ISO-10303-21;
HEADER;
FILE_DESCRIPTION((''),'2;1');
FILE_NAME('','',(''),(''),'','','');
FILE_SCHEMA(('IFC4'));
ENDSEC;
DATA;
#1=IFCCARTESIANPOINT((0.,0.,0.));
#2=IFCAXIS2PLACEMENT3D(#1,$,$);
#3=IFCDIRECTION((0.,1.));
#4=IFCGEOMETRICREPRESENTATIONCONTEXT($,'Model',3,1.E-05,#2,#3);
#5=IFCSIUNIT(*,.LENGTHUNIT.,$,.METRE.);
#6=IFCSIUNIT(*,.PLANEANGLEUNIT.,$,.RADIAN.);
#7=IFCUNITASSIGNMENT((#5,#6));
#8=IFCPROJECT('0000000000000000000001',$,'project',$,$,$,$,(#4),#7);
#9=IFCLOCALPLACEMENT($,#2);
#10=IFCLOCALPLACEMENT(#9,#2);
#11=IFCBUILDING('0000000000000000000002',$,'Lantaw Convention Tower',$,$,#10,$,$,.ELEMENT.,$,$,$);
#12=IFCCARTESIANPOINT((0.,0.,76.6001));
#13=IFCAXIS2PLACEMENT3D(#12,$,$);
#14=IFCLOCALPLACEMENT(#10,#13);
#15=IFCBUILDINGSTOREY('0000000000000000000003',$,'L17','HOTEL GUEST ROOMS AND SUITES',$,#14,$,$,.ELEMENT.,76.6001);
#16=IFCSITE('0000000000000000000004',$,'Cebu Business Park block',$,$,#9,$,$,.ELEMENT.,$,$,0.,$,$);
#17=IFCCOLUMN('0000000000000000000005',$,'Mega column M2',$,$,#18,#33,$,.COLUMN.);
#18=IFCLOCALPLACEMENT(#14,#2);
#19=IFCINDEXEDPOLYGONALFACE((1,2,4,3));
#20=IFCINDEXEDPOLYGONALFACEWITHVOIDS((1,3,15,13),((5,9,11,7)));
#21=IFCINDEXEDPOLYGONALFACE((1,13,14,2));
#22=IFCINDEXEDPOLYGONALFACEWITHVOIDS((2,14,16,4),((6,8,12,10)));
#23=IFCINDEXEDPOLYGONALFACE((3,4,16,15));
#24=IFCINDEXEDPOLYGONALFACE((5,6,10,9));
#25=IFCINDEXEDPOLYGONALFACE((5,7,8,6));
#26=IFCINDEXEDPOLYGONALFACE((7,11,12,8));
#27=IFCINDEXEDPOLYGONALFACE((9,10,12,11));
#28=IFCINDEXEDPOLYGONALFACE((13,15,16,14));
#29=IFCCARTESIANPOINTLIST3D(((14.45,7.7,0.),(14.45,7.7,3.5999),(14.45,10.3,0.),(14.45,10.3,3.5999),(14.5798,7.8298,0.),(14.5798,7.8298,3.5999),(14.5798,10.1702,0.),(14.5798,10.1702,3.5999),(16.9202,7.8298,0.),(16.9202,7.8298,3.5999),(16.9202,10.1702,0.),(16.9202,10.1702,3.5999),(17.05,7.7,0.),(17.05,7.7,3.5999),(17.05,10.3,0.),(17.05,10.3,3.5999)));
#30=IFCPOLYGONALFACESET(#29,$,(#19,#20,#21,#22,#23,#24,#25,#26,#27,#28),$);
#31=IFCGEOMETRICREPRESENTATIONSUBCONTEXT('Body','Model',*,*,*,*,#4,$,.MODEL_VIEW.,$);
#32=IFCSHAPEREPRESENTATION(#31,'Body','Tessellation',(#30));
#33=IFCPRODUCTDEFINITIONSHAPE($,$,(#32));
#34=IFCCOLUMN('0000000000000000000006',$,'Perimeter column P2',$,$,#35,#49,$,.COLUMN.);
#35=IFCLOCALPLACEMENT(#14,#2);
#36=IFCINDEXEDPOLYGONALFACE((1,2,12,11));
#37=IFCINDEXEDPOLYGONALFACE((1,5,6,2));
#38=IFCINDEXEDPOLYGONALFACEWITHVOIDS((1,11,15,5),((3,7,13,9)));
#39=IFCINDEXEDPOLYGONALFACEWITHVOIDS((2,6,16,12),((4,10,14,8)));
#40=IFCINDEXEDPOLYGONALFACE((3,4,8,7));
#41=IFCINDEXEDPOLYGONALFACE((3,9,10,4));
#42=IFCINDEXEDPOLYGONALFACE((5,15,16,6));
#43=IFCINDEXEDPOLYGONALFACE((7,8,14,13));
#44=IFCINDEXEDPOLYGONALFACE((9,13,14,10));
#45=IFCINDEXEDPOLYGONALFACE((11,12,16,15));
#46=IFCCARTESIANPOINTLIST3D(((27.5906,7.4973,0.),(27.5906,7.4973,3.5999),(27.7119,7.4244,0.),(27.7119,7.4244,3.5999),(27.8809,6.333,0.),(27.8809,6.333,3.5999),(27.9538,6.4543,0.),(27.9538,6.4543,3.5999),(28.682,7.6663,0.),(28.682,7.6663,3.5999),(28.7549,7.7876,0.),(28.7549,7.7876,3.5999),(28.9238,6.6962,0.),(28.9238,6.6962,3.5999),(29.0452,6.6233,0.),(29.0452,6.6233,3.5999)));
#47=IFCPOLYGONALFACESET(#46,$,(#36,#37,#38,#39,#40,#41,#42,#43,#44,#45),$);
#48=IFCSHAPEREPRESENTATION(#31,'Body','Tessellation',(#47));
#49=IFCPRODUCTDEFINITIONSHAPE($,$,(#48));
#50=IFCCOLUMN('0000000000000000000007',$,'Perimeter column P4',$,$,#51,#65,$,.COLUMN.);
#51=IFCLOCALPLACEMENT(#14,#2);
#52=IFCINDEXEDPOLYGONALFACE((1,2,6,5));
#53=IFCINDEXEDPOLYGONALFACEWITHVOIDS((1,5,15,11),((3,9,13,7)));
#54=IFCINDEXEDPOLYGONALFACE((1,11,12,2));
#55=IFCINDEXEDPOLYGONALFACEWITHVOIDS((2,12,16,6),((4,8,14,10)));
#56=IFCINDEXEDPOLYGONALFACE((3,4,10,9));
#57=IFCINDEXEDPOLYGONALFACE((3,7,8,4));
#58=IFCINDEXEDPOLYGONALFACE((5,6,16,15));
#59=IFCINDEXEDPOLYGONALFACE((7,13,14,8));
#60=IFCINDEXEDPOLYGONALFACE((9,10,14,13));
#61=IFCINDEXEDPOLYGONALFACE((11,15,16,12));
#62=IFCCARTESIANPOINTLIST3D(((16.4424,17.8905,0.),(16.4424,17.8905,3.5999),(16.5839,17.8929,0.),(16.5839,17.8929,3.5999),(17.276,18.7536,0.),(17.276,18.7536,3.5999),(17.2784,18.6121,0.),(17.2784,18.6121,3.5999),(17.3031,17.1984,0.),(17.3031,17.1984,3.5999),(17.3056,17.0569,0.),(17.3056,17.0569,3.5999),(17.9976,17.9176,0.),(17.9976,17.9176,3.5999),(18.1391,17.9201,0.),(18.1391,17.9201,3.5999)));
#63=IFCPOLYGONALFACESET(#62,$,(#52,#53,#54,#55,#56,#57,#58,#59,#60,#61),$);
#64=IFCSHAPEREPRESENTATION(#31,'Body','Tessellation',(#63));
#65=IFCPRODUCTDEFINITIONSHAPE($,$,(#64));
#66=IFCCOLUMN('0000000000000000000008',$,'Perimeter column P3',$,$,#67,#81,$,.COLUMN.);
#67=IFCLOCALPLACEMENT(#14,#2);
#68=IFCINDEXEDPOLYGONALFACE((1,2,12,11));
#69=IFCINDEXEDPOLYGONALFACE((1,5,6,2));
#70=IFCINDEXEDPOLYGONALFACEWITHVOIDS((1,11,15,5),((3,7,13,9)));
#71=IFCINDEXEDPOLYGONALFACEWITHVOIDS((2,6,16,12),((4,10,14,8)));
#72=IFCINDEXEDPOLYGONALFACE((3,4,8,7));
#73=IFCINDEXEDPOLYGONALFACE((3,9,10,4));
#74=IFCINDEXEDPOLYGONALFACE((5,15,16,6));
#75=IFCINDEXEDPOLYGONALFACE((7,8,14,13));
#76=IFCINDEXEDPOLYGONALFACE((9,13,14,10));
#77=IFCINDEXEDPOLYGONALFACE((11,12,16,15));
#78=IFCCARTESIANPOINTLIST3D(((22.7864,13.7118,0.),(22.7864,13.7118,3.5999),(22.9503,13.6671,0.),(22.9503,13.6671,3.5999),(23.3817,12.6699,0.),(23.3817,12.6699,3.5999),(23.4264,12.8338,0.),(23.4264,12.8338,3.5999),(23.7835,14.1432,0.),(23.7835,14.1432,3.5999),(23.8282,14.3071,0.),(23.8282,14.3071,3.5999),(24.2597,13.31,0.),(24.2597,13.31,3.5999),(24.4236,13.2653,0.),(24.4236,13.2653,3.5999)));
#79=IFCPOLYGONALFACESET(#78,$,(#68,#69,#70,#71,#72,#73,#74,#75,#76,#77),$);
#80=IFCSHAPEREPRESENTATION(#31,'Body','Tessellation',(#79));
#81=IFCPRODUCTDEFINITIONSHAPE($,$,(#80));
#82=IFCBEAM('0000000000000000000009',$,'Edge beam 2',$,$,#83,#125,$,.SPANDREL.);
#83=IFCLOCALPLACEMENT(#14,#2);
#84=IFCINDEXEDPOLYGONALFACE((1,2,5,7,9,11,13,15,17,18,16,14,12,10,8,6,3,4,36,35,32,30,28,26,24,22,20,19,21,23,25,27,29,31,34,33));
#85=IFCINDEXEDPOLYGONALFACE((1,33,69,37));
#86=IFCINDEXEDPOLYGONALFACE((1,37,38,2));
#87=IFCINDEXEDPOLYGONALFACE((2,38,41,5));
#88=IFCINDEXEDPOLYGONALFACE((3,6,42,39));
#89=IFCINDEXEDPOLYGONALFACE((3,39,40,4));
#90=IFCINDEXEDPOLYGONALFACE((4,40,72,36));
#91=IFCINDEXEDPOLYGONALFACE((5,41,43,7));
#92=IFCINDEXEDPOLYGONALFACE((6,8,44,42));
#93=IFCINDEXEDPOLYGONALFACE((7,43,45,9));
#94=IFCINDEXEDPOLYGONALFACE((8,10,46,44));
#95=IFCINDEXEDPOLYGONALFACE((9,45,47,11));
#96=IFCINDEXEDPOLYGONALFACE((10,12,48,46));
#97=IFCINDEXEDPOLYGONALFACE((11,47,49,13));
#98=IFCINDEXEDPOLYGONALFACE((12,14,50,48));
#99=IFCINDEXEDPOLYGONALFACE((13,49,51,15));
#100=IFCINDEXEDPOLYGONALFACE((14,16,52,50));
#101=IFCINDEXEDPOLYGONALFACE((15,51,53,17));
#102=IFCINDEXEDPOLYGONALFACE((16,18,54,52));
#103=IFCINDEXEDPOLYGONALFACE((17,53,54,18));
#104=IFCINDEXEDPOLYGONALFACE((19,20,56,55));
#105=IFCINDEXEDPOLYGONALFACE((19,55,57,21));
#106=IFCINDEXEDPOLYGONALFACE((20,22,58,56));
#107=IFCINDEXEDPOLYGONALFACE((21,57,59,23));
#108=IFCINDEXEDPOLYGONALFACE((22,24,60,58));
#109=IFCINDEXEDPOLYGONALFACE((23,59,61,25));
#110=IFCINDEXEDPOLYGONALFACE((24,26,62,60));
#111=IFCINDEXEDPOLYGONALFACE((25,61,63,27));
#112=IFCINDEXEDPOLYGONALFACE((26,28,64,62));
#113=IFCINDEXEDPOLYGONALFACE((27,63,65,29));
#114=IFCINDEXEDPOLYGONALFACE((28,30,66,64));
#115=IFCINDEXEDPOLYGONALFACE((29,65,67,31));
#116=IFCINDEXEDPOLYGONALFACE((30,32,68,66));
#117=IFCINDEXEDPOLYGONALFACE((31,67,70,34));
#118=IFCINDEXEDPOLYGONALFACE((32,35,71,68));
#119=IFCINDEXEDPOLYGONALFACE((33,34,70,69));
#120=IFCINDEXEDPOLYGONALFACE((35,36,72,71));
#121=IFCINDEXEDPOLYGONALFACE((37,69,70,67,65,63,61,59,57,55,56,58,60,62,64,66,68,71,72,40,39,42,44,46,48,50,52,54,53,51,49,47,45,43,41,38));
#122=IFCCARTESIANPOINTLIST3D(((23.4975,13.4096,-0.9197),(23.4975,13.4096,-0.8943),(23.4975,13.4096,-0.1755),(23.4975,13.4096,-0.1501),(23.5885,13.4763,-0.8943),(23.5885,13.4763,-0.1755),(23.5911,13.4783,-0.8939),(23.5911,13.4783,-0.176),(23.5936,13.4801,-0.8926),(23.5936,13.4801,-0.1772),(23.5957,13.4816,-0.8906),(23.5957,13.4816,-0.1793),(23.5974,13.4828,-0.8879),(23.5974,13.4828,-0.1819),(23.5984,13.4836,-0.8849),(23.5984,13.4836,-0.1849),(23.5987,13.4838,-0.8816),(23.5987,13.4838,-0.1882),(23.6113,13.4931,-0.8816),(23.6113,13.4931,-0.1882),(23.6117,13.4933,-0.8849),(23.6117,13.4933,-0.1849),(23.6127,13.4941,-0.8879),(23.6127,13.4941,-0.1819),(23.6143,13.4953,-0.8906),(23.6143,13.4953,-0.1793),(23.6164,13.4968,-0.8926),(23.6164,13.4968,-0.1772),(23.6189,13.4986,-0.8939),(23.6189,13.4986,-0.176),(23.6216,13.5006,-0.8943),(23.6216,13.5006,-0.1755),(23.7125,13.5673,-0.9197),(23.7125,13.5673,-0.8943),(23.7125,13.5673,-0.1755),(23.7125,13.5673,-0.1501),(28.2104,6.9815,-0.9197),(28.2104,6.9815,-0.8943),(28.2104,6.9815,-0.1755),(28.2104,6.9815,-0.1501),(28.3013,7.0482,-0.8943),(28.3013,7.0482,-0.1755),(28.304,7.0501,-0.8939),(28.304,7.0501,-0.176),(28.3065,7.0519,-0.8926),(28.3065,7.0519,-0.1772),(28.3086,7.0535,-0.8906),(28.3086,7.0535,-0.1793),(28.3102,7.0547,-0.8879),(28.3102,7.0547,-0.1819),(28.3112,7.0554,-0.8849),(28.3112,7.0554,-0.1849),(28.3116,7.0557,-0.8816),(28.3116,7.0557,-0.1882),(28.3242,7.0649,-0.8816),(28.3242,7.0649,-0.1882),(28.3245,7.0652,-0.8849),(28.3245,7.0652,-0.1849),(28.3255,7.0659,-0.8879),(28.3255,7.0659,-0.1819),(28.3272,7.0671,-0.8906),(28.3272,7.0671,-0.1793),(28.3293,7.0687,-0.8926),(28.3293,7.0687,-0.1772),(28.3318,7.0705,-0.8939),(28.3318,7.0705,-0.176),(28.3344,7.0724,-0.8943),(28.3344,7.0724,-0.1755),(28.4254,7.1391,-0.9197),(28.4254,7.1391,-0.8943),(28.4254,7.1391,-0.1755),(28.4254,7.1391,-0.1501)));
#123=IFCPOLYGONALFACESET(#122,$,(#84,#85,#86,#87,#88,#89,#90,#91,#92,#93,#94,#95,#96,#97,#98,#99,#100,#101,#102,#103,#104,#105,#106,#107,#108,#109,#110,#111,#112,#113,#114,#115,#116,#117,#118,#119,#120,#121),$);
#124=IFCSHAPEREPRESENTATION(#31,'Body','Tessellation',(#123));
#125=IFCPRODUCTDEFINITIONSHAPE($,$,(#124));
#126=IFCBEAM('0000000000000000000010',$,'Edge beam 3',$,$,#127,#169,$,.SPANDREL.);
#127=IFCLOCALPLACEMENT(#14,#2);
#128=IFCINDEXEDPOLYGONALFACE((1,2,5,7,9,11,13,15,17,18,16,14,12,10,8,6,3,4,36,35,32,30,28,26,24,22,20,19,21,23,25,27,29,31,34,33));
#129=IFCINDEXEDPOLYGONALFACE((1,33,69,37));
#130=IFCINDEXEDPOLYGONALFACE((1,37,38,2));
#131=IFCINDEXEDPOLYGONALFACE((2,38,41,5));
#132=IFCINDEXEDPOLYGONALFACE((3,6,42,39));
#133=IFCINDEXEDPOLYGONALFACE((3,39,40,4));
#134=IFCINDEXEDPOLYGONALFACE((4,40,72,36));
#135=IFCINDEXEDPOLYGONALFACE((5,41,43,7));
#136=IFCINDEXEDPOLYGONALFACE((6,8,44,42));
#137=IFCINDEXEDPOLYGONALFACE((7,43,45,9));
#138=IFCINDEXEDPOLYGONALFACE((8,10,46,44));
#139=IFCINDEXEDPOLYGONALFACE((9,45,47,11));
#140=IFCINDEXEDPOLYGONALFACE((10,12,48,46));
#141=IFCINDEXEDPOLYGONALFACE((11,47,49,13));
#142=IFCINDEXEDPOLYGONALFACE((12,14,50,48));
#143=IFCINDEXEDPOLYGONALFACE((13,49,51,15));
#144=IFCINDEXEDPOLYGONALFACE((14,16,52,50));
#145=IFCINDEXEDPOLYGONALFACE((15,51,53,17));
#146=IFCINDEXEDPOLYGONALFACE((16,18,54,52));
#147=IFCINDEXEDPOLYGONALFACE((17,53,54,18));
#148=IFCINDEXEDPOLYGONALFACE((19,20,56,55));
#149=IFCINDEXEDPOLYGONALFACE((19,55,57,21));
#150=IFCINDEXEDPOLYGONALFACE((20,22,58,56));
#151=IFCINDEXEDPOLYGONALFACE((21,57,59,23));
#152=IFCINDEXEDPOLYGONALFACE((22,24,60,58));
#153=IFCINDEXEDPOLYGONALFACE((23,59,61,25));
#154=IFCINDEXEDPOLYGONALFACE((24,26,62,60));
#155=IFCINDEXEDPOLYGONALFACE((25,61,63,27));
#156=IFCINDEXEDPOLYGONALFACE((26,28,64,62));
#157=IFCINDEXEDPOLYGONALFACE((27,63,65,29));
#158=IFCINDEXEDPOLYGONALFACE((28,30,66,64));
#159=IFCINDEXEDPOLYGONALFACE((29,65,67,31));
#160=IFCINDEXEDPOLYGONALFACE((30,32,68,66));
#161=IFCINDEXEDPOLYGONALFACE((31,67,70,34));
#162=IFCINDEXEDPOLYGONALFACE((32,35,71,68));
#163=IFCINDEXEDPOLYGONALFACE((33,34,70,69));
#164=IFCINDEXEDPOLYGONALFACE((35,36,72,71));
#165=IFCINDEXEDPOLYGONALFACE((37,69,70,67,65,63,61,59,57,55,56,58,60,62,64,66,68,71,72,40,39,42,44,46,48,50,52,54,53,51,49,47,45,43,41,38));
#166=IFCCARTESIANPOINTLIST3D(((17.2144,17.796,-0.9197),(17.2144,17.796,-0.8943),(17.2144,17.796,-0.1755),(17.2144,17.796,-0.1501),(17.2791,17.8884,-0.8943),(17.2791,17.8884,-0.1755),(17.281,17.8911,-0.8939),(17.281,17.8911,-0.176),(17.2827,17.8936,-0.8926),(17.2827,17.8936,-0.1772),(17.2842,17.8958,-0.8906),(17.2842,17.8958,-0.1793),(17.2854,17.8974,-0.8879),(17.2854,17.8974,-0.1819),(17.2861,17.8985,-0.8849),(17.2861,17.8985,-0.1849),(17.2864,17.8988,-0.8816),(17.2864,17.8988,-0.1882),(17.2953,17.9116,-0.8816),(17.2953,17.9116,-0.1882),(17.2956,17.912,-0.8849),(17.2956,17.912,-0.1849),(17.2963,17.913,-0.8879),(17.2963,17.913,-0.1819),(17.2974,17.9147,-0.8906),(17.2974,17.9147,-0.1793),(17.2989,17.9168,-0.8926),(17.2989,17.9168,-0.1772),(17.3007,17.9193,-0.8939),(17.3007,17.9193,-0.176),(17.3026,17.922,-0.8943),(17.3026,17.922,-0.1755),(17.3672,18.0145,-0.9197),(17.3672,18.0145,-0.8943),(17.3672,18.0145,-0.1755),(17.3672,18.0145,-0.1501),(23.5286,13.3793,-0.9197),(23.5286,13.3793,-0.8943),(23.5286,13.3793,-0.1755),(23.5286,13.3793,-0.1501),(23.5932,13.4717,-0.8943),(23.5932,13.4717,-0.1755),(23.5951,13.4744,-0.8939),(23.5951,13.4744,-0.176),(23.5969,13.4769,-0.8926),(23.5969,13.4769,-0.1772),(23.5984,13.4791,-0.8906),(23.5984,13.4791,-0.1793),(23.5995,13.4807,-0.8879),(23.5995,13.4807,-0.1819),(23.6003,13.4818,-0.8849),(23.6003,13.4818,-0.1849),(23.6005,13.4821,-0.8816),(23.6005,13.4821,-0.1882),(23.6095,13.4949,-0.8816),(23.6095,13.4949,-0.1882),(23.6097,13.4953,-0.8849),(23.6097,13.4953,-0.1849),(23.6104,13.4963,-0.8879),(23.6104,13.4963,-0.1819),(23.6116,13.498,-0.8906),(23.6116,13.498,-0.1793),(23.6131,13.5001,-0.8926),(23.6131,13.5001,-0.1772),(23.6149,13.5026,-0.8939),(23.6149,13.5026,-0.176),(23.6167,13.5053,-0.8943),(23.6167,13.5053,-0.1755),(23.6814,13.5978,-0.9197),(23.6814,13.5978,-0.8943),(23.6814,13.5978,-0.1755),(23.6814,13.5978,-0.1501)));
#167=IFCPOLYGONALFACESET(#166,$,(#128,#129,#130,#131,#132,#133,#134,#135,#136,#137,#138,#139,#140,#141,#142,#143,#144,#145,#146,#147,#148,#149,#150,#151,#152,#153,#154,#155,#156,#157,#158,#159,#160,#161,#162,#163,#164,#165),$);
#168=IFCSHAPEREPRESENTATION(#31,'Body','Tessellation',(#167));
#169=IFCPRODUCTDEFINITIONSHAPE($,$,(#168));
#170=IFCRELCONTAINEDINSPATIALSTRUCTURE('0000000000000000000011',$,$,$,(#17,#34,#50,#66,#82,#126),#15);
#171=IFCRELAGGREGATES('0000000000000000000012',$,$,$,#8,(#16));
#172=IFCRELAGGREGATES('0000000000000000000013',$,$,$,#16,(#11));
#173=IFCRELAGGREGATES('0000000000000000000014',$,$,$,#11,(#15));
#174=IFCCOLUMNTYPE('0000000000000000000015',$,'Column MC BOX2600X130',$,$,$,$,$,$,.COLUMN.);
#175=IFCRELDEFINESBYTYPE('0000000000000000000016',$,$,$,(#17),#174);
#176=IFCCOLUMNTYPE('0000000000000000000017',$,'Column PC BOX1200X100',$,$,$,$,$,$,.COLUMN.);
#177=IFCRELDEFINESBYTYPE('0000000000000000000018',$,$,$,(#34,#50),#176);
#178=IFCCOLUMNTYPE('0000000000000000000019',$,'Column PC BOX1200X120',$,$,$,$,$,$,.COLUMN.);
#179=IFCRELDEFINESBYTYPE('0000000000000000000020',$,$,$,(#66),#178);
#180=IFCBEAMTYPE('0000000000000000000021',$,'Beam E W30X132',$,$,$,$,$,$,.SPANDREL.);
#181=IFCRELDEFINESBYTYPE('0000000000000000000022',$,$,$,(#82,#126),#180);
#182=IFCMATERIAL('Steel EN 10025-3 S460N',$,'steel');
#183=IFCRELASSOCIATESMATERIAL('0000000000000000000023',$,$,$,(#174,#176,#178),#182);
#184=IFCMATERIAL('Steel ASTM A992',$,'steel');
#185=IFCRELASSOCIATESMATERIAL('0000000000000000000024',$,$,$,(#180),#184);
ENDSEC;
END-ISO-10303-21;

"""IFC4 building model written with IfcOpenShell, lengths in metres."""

from ifc_helpers import new_model, si_unit, direction, frame, origin, origin_2d, place, context, subcontext, project, spatial, rectangle, hollow_rectangle, i_section, extrude, material, material_profile, profile_set, type_object, element, save


model = new_model("IFC4")

# Units and contexts
model_context = context("Model", 3, precision=1e-05, world=origin(), true_north=direction((0.0, 1.0)))
body_context = subcontext(model_context, "Body", "Model", "MODEL_VIEW")
ifc_project = project(units=[si_unit("LENGTHUNIT", "METRE"), si_unit("PLANEANGLEUNIT", "RADIAN")], contexts=[model_context])

# Site, building, storey
site_placement = place(None, origin())
site = spatial("IfcSite", under=ifc_project, at=site_placement, Name="Cebu Business Park block", CompositionType="ELEMENT", RefElevation=0.0)
building_placement = place(site_placement, origin())
building = spatial("IfcBuilding", under=site, at=building_placement, Name="Lantaw Convention Tower", CompositionType="ELEMENT")
storey_placement = place(building_placement, frame((0.0, 0.0, 76.6001)))
storey = spatial("IfcBuildingStorey", under=building, at=storey_placement, Name="L17", Description="HOTEL GUEST ROOMS AND SUITES", CompositionType="ELEMENT", Elevation=76.6001)

# Columns
ifc_material_1 = material(Name="Steel EN 10025-3 S460N", Category="steel")
ifc_material_profile_1 = material_profile(ifc_material_1, hollow_rectangle(XDim=2.6001, YDim=2.6001, WallThickness=0.1299, at=origin_2d()), Name="BOX2600X130")
ifc_material_2 = material(Name="Concrete C60/75", Category="concrete")
ifc_material_profile_2 = material_profile(ifc_material_2, rectangle(XDim=2.3401, YDim=2.3401, at=origin_2d()), Name="Concrete fill of BOX2600X130")
ifc_profile_set_1 = profile_set([ifc_material_profile_1, ifc_material_profile_2], Name="Steel EN 10025-3 S460N")
column_type_1 = type_object("IfcColumnType", Name="Column MC BOX2600X130", PredefinedType="COLUMN", material=ifc_profile_set_1)
column_1_placement = place(storey_placement, frame((15.75, 9.0, 0.0), z_axis=(0.0, 0.0, 1.0), x_axis=(1.0, 0.0, 0.0)))
element("IfcColumn", 1, at=column_1_placement, inside=storey, type_object=column_type_1, Name="Mega column M2", PredefinedType="COLUMN", context=body_context, shape_type="SweptSolid", body=[
    extrude(hollow_rectangle(XDim=2.6001, YDim=2.6001, WallThickness=0.1299, at=origin_2d()), origin(), (0.0, 0.0, 1.0), 3.5999),
])
ifc_material_profile_3 = material_profile(ifc_material_1, hollow_rectangle(XDim=1.2, YDim=1.2, WallThickness=0.1001, at=origin_2d()), Name="BOX1200X100")
ifc_material_profile_4 = material_profile(ifc_material_2, rectangle(XDim=1.0, YDim=1.0, at=origin_2d()), Name="Concrete fill of BOX1200X100")
ifc_profile_set_2 = profile_set([ifc_material_profile_3, ifc_material_profile_4], Name="Steel EN 10025-3 S460N")
column_type_2 = type_object("IfcColumnType", Name="Column PC BOX1200X100", PredefinedType="COLUMN", material=ifc_profile_set_2)
for number, where, z_axis, x_axis, name in (
    (2, (28.3179, 7.0603, 0.0), (0.0, 0.0, 1.0), (0.970296, 0.241922, 0.0), "Perimeter column P2"),
    (3, (17.2908, 17.9053, 0.0), (0.0, 0.0, 1.0), (0.694658, 0.71934, 0.0), "Perimeter column P4"),
):
    element("IfcColumn", number, at=place(storey_placement, frame(where, z_axis=z_axis, x_axis=x_axis)), inside=storey, type_object=column_type_2, Name=name, PredefinedType="COLUMN", context=body_context, shape_type="SweptSolid", body=[
        extrude(hollow_rectangle(XDim=1.2, YDim=1.2, WallThickness=0.1001, at=origin_2d()), origin(), (0.0, 0.0, 1.0), 3.5999),
    ])
ifc_material_profile_5 = material_profile(ifc_material_1, hollow_rectangle(XDim=1.2, YDim=1.2, WallThickness=0.1201, at=origin_2d()), Name="BOX1200X120")
ifc_material_profile_6 = material_profile(ifc_material_2, rectangle(XDim=0.96, YDim=0.96, at=origin_2d()), Name="Concrete fill of BOX1200X120")
ifc_profile_set_3 = profile_set([ifc_material_profile_5, ifc_material_profile_6], Name="Steel EN 10025-3 S460N")
column_type_3 = type_object("IfcColumnType", Name="Column PC BOX1200X120", PredefinedType="COLUMN", material=ifc_profile_set_3)
column_2_placement = place(storey_placement, frame((23.605, 13.4885, 0.0), z_axis=(0.0, 0.0, 1.0), x_axis=(0.868243, 0.496139, 0.0)))
element("IfcColumn", 4, at=column_2_placement, inside=storey, type_object=column_type_3, Name="Perimeter column P3", PredefinedType="COLUMN", context=body_context, shape_type="SweptSolid", body=[
    extrude(hollow_rectangle(XDim=1.2, YDim=1.2, WallThickness=0.1201, at=origin_2d()), origin(), (0.0, 0.0, 1.0), 3.5999),
])

# Beams
ifc_material_3 = material(Name="Steel ASTM A992", Category="steel")
ifc_material_profile_7 = material_profile(ifc_material_3, i_section(OverallWidth=0.2666, OverallDepth=0.7695, WebThickness=0.0156, FlangeThickness=0.0254, FilletRadius=0.0127, at=origin_2d()), Name="W30X132")
ifc_profile_set_4 = profile_set([ifc_material_profile_7], Name="Steel ASTM A992")
beam_type_1 = type_object("IfcBeamType", Name="Beam E W30X132", PredefinedType="SPANDREL", material=ifc_profile_set_4)
beam_1_placement = place(storey_placement, frame((28.3179, 7.0603, -0.5349), z_axis=(-0.591271, 0.806473, 0.0), x_axis=(-0.806473, -0.591271, 0.0)))
element("IfcBeam", 5, at=beam_1_placement, inside=storey, type_object=beam_type_1, Name="Edge beam 2", PredefinedType="SPANDREL", context=body_context, shape_type="SweptSolid", body=[
    extrude(i_section(OverallWidth=0.2666, OverallDepth=0.7695, WebThickness=0.0156, FlangeThickness=0.0254, FilletRadius=0.0127, at=origin_2d()), origin(), (0.0, 0.0, 1.0), 7.9707),
])
beam_2_placement = place(storey_placement, frame((23.605, 13.4885, -0.5349), z_axis=(-0.819427, 0.573184, 0.0), x_axis=(-0.573184, -0.819427, 0.0)))
element("IfcBeam", 6, at=beam_2_placement, inside=storey, type_object=beam_type_1, Name="Edge beam 3", PredefinedType="SPANDREL", context=body_context, shape_type="SweptSolid", body=[
    extrude(i_section(OverallWidth=0.2666, OverallDepth=0.7695, WebThickness=0.0156, FlangeThickness=0.0254, FilletRadius=0.0127, at=origin_2d()), origin(), (0.0, 0.0, 1.0), 7.7056),
])

save(model, "model.ifc")
